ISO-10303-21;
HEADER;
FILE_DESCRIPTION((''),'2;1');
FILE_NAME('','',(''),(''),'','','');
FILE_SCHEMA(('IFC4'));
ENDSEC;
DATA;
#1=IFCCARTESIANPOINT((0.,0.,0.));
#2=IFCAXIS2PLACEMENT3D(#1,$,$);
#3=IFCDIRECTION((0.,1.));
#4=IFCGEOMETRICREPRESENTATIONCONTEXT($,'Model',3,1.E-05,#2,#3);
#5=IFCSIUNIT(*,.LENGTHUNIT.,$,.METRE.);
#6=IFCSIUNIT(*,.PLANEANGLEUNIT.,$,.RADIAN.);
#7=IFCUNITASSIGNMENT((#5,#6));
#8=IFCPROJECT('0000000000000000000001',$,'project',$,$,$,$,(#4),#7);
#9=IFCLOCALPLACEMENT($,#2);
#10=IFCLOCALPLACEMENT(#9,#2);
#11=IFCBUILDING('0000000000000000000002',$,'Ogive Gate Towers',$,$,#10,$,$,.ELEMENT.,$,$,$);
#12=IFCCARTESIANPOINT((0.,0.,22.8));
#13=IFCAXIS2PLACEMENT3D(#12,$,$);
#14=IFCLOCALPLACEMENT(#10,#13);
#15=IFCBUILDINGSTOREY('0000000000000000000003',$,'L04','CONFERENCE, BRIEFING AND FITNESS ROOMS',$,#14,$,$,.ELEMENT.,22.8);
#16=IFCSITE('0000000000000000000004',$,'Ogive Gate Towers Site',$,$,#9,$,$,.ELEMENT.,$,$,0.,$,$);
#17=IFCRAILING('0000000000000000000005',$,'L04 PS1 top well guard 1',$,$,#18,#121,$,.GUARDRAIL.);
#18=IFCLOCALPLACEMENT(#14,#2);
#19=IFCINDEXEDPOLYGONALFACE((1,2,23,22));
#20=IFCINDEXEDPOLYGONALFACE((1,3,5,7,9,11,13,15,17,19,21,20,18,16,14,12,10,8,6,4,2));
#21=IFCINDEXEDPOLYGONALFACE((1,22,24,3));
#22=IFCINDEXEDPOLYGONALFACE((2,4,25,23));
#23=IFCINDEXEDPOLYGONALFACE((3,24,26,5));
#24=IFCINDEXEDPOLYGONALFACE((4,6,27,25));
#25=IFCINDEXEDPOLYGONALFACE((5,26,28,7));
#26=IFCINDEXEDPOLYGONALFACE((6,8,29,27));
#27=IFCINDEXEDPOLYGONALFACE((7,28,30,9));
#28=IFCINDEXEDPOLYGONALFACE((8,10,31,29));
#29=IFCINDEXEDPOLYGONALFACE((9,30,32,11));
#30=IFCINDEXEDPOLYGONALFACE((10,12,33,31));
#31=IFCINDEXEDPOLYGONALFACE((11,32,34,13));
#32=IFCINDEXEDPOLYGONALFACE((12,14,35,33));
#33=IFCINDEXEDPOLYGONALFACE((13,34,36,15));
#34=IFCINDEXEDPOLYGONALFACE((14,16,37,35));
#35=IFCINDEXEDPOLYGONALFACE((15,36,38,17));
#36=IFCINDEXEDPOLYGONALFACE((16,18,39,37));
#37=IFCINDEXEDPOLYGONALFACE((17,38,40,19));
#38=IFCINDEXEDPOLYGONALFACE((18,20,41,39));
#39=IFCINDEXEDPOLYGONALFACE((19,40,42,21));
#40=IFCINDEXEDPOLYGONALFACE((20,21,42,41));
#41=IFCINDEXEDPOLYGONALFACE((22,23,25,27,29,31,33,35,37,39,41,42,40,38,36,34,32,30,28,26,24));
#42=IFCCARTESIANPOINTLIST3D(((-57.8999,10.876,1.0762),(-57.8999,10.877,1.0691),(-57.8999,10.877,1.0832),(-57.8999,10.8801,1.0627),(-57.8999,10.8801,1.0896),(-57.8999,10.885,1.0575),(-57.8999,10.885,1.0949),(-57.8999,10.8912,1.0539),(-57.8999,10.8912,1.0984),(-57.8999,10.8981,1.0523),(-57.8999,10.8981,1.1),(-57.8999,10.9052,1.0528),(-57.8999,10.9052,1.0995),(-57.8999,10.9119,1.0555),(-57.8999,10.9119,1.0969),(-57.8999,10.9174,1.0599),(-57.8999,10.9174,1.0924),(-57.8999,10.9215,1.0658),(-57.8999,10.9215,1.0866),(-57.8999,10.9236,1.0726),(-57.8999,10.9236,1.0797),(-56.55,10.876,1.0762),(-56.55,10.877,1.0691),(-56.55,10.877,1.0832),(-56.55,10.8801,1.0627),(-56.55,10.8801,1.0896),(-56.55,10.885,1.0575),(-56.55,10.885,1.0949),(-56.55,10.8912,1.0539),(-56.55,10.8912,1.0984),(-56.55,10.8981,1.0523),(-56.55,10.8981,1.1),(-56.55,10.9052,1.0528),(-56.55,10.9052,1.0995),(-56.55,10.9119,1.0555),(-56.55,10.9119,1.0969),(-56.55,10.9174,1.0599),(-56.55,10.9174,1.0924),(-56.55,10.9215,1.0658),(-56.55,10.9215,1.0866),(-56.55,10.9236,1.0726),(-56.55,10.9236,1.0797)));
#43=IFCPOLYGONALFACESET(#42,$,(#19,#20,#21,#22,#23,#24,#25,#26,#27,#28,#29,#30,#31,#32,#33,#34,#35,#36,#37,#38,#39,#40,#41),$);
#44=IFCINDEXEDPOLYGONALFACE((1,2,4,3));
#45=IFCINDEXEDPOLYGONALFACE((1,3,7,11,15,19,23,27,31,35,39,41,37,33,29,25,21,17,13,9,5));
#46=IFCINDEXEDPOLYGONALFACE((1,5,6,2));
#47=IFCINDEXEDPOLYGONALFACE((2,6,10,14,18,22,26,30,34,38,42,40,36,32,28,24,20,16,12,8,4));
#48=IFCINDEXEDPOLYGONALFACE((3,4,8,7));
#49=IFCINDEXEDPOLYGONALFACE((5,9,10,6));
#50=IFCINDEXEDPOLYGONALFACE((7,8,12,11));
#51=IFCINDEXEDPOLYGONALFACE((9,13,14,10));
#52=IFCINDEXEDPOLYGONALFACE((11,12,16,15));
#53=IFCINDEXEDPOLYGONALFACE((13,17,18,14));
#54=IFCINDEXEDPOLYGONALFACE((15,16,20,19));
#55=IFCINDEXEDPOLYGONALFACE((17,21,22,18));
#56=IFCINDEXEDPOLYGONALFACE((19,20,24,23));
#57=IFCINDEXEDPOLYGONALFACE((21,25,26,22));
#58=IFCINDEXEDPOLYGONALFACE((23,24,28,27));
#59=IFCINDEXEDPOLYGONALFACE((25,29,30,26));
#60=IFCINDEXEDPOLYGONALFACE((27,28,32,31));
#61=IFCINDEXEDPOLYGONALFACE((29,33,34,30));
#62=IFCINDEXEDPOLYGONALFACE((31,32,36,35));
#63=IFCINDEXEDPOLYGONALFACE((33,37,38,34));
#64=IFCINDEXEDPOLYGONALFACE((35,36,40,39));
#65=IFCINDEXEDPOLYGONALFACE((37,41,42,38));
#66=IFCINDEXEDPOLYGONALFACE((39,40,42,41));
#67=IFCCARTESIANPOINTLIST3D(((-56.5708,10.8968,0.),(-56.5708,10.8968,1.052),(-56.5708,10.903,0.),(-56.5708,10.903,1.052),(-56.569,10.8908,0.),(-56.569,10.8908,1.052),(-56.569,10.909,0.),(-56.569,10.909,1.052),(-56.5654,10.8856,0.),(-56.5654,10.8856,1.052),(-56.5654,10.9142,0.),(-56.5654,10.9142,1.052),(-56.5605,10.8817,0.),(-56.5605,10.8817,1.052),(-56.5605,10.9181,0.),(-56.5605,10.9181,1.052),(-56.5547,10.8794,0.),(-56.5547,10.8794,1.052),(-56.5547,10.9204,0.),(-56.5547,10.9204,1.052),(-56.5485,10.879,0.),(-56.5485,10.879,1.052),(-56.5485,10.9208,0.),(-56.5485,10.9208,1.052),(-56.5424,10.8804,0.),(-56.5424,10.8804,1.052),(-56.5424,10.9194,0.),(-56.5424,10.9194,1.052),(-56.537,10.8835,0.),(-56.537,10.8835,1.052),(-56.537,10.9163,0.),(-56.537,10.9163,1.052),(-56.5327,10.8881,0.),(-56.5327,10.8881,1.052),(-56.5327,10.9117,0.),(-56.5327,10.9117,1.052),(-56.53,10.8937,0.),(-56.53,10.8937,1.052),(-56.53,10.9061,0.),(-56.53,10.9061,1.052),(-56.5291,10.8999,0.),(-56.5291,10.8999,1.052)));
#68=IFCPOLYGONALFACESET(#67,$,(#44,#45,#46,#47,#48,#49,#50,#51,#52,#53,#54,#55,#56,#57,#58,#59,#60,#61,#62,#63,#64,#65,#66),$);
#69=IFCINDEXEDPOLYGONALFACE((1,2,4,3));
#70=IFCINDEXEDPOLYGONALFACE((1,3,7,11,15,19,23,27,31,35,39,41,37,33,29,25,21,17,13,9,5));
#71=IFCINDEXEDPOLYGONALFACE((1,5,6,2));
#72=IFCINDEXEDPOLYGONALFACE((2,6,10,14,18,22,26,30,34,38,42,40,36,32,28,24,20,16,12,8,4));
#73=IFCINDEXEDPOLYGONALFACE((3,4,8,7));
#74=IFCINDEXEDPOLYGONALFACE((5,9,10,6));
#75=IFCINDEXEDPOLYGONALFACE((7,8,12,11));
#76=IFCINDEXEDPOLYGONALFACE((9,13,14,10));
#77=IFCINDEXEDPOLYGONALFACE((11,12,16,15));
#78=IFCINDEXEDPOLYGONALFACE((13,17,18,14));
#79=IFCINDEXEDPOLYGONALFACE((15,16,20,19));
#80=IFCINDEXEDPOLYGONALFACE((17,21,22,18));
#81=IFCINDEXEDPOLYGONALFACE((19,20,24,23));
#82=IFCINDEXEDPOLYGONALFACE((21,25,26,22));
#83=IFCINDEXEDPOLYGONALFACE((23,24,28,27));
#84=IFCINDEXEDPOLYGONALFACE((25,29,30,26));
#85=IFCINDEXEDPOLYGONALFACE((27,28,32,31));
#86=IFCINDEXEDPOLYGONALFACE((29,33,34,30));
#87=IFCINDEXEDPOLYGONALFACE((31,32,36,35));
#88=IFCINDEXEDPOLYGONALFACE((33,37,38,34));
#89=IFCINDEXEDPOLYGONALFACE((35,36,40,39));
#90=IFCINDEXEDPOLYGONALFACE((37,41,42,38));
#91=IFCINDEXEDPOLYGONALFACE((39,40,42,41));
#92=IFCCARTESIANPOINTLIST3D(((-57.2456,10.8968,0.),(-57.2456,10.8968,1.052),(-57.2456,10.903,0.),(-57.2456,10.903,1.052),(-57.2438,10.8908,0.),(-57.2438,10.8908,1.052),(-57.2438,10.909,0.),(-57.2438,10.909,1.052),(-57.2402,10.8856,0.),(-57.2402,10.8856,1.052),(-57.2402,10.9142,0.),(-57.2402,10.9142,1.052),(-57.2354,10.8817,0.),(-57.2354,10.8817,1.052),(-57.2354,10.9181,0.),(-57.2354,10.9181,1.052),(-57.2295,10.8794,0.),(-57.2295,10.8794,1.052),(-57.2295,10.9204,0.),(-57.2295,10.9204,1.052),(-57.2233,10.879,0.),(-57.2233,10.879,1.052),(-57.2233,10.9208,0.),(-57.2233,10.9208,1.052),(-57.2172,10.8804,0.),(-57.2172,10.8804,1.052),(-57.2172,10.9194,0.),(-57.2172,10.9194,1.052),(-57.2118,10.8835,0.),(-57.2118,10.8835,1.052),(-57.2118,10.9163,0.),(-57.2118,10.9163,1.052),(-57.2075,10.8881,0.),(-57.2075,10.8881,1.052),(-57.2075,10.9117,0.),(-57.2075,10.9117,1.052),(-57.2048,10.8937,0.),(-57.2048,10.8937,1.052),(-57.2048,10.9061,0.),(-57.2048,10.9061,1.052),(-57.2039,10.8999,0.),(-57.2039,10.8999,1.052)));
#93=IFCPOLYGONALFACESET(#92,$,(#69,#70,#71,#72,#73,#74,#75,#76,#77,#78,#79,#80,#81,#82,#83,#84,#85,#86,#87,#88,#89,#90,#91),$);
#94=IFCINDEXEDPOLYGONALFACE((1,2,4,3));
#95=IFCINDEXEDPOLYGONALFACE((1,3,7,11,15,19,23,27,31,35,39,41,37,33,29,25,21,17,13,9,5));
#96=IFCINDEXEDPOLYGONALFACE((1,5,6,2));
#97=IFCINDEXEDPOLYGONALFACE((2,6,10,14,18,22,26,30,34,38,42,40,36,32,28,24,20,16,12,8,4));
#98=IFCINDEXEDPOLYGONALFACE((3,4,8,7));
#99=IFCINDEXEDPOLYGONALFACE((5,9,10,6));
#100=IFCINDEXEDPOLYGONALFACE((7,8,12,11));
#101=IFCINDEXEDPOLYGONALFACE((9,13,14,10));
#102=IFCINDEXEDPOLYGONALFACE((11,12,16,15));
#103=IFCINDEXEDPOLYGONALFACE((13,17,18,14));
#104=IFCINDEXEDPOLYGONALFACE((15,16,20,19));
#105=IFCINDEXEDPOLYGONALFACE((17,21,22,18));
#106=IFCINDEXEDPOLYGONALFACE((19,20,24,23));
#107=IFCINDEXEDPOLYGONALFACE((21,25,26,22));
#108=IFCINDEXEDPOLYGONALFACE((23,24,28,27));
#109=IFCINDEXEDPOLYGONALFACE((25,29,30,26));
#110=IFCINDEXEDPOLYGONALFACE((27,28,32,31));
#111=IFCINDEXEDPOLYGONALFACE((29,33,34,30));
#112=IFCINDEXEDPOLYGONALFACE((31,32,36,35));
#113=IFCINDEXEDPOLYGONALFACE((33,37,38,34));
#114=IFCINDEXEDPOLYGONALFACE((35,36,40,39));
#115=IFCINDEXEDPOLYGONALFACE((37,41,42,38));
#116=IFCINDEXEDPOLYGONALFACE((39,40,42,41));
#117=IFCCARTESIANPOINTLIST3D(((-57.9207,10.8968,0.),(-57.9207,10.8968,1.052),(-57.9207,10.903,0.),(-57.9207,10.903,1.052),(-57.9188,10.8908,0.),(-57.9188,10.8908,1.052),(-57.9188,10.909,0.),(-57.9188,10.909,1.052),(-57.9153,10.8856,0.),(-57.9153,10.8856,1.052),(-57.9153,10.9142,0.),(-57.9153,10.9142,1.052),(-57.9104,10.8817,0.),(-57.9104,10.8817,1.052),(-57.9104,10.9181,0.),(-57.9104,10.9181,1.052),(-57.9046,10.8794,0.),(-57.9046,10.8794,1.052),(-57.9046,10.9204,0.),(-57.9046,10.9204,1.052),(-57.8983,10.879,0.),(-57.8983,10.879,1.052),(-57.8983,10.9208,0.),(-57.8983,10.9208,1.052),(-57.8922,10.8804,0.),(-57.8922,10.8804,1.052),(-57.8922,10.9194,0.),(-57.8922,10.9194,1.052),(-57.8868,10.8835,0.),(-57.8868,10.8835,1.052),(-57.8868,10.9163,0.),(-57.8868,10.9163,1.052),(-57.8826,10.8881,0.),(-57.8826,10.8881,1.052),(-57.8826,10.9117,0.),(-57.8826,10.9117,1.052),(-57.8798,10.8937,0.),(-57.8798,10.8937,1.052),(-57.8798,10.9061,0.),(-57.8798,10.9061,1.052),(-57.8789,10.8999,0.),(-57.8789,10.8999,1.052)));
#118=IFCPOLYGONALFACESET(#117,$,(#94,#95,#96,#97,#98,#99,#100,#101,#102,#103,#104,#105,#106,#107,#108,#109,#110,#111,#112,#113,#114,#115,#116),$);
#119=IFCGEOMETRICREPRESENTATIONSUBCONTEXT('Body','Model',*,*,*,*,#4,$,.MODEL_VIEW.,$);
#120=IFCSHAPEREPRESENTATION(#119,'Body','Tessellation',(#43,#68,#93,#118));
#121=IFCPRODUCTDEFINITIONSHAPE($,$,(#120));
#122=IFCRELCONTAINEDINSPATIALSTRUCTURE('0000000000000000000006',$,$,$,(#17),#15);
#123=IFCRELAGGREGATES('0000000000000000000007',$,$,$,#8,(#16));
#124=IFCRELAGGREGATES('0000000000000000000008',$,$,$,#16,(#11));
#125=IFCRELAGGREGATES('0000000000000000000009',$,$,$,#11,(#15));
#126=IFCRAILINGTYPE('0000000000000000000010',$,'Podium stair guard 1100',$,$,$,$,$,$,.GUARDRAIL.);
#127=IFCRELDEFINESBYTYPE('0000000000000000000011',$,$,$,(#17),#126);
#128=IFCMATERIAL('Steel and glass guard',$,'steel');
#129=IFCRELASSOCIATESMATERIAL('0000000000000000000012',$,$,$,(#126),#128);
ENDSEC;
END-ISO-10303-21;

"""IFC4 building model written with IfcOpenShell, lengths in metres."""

from ifc_helpers import new_model, si_unit, direction, frame, origin, origin_2d, place, context, subcontext, project, spatial, circle, extrude, material, type_object, element, save


model = new_model("IFC4")

# Units and contexts
model_context = context("Model", 3, precision=1e-05, world=origin(), true_north=direction((0.0, 1.0)))
body_context = subcontext(model_context, "Body", "Model", "MODEL_VIEW")
ifc_project = project(units=[si_unit("LENGTHUNIT", "METRE"), si_unit("PLANEANGLEUNIT", "RADIAN")], contexts=[model_context])

# Site, building, storey
site_placement = place(None, origin())
site = spatial("IfcSite", under=ifc_project, at=site_placement, Name="Ogive Gate Towers Site", CompositionType="ELEMENT", RefElevation=0.0)
building_placement = place(site_placement, origin())
building = spatial("IfcBuilding", under=site, at=building_placement, Name="Ogive Gate Towers", CompositionType="ELEMENT")
storey_placement = place(building_placement, frame((0.0, 0.0, 22.8)))
storey = spatial("IfcBuildingStorey", under=building, at=storey_placement, Name="L04", Description="CONFERENCE, BRIEFING AND FITNESS ROOMS", CompositionType="ELEMENT", Elevation=22.8)

# Railing
ifc_material_1 = material(Name="Steel and glass guard", Category="steel")
railing_type = type_object("IfcRailingType", Name="Podium stair guard 1100", PredefinedType="GUARDRAIL", material=ifc_material_1)
railing_placement = place(storey_placement, frame((-56.55, 10.8999, 0.0)))
element("IfcRailing", 1, at=railing_placement, inside=storey, type_object=railing_type, Name="L04 PS1 top well guard 1", PredefinedType="GUARDRAIL", context=body_context, shape_type="SweptSolid", body=[
    extrude(circle(Radius=0.0239, at=origin_2d()), frame((0.0, 0.0, 1.0762), z_axis=(-1.0, 0.0, 0.0), x_axis=(0.0, -1.0, 0.0)), (0.0, 0.0, 1.0), 1.3499),
    extrude(circle(Radius=0.021, at=origin_2d()), origin(), (0.0, 0.0, 1.0), 1.052),
    extrude(circle(Radius=0.021, at=origin_2d()), frame((-0.6748, 0.0, 0.0)), (0.0, 0.0, 1.0), 1.052),
    extrude(circle(Radius=0.021, at=origin_2d()), frame((-1.3499, 0.0, 0.0)), (0.0, 0.0, 1.0), 1.052),
])

save(model, "model.ifc")
